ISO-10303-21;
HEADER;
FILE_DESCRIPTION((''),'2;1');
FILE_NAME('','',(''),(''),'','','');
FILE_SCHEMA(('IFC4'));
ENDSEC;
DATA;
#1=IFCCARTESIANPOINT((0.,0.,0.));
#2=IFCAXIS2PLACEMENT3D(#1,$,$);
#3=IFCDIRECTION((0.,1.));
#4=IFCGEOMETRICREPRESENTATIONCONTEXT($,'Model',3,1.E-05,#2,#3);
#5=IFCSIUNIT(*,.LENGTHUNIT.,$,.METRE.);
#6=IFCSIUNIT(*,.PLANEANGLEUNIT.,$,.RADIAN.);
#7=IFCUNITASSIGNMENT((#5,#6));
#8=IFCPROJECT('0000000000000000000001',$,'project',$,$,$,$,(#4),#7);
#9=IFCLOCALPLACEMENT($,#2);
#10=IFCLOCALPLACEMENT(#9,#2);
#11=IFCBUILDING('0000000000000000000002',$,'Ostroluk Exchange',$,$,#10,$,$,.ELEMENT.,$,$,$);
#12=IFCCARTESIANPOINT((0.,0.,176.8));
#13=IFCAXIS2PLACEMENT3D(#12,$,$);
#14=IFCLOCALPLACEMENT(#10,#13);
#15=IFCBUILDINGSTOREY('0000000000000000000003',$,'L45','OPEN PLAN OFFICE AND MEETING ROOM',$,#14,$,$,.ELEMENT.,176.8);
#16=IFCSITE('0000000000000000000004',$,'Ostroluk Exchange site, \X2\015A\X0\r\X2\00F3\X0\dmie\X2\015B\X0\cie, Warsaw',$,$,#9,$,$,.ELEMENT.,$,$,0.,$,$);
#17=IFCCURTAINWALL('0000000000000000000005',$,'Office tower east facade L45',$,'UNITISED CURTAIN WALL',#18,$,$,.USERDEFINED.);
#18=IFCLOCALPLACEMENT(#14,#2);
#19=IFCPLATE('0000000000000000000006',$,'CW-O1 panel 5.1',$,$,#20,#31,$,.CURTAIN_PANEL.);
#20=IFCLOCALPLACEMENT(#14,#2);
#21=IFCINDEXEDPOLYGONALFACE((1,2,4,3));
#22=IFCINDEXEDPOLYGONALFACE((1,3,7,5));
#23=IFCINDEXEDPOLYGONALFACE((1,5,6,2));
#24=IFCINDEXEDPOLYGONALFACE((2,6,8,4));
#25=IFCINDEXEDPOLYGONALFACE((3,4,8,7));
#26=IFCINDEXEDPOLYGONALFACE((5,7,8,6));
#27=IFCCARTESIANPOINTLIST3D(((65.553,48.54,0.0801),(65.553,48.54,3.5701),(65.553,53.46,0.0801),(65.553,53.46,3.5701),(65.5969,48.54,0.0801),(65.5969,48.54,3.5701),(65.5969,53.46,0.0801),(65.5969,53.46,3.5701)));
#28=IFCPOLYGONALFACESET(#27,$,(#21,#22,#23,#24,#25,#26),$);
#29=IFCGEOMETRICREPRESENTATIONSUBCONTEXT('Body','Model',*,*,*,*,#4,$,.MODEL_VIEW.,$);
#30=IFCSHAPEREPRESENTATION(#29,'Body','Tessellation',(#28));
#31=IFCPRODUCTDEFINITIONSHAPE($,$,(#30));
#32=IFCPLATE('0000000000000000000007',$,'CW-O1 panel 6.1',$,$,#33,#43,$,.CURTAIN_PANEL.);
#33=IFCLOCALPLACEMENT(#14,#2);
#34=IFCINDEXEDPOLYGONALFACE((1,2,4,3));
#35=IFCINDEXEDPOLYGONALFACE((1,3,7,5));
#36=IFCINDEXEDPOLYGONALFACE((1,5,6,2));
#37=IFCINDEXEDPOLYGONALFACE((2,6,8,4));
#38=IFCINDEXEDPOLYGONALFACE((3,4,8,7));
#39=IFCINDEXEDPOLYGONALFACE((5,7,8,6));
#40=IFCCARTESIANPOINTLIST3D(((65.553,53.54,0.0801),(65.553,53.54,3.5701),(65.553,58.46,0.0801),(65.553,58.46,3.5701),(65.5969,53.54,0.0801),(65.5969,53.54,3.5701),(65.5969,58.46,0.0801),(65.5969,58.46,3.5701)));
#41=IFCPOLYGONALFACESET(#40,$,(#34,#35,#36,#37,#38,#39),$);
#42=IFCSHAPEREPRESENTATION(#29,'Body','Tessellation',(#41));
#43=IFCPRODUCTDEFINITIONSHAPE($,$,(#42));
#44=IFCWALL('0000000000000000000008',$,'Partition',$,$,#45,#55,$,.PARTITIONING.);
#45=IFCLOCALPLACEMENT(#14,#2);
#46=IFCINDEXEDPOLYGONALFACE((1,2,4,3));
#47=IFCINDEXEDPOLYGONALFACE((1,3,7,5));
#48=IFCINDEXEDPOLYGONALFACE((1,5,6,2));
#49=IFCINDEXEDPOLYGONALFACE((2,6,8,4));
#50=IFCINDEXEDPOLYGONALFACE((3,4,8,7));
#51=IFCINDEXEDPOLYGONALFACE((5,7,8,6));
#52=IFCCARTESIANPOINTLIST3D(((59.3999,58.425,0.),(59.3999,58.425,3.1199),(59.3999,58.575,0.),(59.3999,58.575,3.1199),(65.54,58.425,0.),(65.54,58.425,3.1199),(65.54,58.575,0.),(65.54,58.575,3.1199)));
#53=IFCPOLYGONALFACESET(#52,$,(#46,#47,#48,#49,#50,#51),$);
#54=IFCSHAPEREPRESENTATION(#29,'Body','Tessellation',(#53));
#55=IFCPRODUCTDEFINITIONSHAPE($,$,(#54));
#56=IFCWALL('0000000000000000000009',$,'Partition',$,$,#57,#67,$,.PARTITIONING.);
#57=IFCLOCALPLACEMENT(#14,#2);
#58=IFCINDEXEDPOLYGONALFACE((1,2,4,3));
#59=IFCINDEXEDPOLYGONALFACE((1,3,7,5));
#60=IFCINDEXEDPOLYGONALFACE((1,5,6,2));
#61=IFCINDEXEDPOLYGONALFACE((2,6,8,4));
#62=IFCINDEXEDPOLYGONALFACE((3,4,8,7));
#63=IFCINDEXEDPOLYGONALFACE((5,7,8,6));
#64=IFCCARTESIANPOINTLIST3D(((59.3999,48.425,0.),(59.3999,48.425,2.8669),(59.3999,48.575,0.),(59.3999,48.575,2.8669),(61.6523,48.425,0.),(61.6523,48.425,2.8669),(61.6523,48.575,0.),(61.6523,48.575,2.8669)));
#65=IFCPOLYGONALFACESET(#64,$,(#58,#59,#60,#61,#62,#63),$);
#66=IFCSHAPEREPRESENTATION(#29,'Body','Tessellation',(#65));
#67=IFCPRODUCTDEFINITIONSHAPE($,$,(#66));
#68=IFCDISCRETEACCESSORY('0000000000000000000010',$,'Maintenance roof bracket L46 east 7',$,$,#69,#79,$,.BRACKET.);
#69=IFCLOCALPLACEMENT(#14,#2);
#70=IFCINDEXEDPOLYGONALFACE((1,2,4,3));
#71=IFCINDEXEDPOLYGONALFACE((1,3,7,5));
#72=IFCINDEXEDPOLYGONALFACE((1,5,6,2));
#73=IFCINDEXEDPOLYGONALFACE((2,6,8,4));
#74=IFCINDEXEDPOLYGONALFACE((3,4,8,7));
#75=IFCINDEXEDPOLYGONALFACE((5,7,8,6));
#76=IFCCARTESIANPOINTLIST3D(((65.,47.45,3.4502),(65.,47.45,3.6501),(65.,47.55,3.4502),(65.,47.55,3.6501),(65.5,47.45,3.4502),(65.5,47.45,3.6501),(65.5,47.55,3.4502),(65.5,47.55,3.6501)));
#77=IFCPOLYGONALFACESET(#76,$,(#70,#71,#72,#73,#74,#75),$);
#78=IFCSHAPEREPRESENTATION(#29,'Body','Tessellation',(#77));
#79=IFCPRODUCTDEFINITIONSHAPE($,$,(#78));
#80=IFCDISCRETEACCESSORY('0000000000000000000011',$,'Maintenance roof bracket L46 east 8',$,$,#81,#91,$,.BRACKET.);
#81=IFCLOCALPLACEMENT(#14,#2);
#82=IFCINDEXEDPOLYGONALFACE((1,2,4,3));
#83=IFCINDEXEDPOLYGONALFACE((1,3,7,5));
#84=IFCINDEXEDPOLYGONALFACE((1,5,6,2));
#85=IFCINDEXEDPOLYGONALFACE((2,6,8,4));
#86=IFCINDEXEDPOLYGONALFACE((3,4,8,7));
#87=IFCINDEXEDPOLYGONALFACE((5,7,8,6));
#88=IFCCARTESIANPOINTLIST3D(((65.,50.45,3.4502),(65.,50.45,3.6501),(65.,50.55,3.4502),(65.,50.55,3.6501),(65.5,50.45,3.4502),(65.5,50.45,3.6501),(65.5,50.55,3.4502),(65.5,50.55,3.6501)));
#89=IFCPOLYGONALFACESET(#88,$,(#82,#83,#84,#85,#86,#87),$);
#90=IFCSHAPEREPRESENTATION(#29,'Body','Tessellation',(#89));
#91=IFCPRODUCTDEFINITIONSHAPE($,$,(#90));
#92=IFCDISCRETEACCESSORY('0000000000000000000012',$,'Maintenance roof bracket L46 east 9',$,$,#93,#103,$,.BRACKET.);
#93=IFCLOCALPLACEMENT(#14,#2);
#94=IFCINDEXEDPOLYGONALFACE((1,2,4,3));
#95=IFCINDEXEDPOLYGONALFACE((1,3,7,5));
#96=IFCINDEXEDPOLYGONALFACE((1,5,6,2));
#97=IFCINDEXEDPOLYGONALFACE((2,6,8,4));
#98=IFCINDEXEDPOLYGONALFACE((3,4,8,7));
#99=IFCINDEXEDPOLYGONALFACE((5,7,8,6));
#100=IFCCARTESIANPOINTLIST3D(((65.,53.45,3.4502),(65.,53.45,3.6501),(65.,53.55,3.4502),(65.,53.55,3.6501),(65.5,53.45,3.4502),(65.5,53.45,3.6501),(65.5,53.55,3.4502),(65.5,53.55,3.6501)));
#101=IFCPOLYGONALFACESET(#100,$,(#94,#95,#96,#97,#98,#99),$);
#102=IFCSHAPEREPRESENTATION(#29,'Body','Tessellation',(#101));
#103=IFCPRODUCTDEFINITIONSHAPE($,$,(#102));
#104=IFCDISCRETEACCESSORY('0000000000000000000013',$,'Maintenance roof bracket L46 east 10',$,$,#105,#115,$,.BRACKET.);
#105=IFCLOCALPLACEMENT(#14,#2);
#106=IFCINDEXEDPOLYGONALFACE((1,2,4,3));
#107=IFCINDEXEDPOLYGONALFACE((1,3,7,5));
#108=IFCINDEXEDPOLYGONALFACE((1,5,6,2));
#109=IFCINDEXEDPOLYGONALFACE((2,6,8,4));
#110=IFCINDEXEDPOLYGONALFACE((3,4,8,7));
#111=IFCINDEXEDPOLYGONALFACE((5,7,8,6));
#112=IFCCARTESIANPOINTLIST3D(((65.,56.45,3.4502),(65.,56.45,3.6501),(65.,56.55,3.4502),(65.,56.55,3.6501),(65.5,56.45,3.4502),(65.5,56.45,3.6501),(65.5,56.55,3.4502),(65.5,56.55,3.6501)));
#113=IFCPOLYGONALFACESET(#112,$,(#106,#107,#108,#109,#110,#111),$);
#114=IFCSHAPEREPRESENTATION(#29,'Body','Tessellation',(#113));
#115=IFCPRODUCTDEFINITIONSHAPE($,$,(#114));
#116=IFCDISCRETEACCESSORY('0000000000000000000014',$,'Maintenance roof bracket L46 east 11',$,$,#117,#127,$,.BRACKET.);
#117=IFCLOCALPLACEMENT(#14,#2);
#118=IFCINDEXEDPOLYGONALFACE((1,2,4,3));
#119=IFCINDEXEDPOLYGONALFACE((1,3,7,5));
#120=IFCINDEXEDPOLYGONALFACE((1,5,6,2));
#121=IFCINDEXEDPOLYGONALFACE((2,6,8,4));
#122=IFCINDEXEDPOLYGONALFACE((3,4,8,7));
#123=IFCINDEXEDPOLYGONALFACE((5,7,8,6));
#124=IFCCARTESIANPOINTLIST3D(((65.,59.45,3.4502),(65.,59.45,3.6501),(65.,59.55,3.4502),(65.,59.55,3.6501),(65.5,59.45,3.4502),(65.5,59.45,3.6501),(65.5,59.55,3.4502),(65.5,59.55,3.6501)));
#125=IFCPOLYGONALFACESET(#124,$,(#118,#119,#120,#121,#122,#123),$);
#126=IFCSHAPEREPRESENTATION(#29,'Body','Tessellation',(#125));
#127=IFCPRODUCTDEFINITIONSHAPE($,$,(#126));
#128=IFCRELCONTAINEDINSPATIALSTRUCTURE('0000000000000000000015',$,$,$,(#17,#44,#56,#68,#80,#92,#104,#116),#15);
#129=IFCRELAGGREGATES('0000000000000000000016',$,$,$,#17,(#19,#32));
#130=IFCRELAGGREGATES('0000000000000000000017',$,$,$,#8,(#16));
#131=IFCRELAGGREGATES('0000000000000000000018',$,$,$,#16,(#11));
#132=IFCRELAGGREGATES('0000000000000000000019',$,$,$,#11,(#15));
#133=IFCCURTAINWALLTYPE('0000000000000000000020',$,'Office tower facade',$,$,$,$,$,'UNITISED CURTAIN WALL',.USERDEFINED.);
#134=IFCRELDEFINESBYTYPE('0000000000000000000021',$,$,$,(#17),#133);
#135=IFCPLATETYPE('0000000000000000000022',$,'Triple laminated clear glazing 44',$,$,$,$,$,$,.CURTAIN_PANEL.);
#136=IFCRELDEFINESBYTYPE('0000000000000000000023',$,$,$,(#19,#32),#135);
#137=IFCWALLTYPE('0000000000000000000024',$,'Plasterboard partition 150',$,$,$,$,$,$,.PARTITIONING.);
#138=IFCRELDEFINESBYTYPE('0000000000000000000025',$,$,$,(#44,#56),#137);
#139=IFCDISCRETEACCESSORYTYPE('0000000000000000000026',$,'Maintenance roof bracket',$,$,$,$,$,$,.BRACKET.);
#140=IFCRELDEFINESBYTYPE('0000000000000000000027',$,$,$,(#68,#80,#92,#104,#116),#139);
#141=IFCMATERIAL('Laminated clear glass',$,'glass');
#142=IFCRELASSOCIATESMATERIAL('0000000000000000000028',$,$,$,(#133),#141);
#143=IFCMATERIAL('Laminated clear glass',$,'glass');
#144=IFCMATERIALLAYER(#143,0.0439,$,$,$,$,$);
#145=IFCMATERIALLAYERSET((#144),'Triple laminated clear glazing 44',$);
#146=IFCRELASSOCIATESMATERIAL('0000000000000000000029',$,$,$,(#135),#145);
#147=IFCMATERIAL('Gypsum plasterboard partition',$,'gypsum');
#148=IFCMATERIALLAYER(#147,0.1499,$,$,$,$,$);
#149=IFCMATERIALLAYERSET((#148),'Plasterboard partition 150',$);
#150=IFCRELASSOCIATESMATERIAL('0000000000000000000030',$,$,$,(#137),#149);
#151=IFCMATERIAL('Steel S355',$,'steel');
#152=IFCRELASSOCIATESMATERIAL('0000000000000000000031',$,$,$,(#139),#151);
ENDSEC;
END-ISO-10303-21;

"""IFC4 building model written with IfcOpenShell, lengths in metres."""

from ifc_helpers import new_model, si_unit, direction, frame, frame_2d, origin, origin_2d, place, context, subcontext, project, spatial, rectangle, extrude, material, layer, layer_set, type_object, element, aggregate, save


model = new_model("IFC4")

# Units and contexts
model_context = context("Model", 3, precision=1e-05, world=origin(), true_north=direction((0.0, 1.0)))
body_context = subcontext(model_context, "Body", "Model", "MODEL_VIEW")
ifc_project = project(units=[si_unit("LENGTHUNIT", "METRE"), si_unit("PLANEANGLEUNIT", "RADIAN")], contexts=[model_context])

# Site, building, storey
site_placement = place(None, origin())
site = spatial("IfcSite", under=ifc_project, at=site_placement, Name="Ostroluk Exchange site, Śródmieście, Warsaw", CompositionType="ELEMENT", RefElevation=0.0)
building_placement = place(site_placement, origin())
building = spatial("IfcBuilding", under=site, at=building_placement, Name="Ostroluk Exchange", CompositionType="ELEMENT")
storey_placement = place(building_placement, frame((0.0, 0.0, 176.8)))
storey = spatial("IfcBuildingStorey", under=building, at=storey_placement, Name="L45", Description="OPEN PLAN OFFICE AND MEETING ROOM", CompositionType="ELEMENT", Elevation=176.8)

# Curtain wall, plates
ifc_material_1 = material(Name="Laminated clear glass", Category="glass")
curtain_wall_type = type_object("IfcCurtainWallType", Name="Office tower facade", ElementType="UNITISED CURTAIN WALL", PredefinedType="USERDEFINED", material=ifc_material_1)
curtain_wall_placement = place(storey_placement, origin())
curtain_wall = element("IfcCurtainWall", 1, at=curtain_wall_placement, inside=storey, type_object=curtain_wall_type, Name="Office tower east facade L45", ObjectType="UNITISED CURTAIN WALL", PredefinedType="USERDEFINED")
ifc_material_2 = material(Name="Laminated clear glass", Category="glass")
ifc_layer_1 = layer(ifc_material_2, 0.0439)
ifc_layer_set_1 = layer_set([ifc_layer_1], Name="Triple laminated clear glazing 44")
plate_type = type_object("IfcPlateType", Name="Triple laminated clear glazing 44", PredefinedType="CURTAIN_PANEL", material=ifc_layer_set_1)
plate_1_placement = place(storey_placement, frame((65.575, 51.0, 0.0801), z_axis=(0.0, 0.0, 1.0), x_axis=(0.0, 1.0, 0.0)))
plate_1 = element("IfcPlate", 2, at=plate_1_placement, type_object=plate_type, Name="CW-O1 panel 5.1", PredefinedType="CURTAIN_PANEL", context=body_context, shape_type="SweptSolid", body=[
    extrude(rectangle(XDim=4.9199, YDim=0.0439, at=origin_2d()), origin(), (0.0, 0.0, 1.0), 3.49),
])
plate_2_placement = place(storey_placement, frame((65.575, 56.0, 0.0801), z_axis=(0.0, 0.0, 1.0), x_axis=(0.0, 1.0, 0.0)))
plate_2 = element("IfcPlate", 3, at=plate_2_placement, type_object=plate_type, Name="CW-O1 panel 6.1", PredefinedType="CURTAIN_PANEL", context=body_context, shape_type="SweptSolid", body=[
    extrude(rectangle(XDim=4.9199, YDim=0.0439, at=origin_2d()), origin(), (0.0, 0.0, 1.0), 3.49),
])
aggregate(curtain_wall, [plate_1, plate_2])

# Walls
ifc_material_3 = material(Name="Gypsum plasterboard partition", Category="gypsum")
ifc_layer_2 = layer(ifc_material_3, 0.1499)
ifc_layer_set_2 = layer_set([ifc_layer_2], Name="Plasterboard partition 150")
wall_type = type_object("IfcWallType", Name="Plasterboard partition 150", PredefinedType="PARTITIONING", material=ifc_layer_set_2)
wall_1_placement = place(storey_placement, frame((59.3999, 58.5, 0.0), z_axis=(0.0, 0.0, 1.0), x_axis=(1.0, 0.0, 0.0)))
element("IfcWall", 4, at=wall_1_placement, inside=storey, type_object=wall_type, Name="Partition", PredefinedType="PARTITIONING", context=body_context, shape_type="SweptSolid", body=[
    extrude(rectangle(XDim=6.1401, YDim=0.1499, at=frame_2d((3.0701, 0.0))), origin(), (0.0, 0.0, 1.0), 3.1199),
])
wall_2_placement = place(storey_placement, frame((59.3999, 48.5, 0.0), z_axis=(0.0, 0.0, 1.0), x_axis=(1.0, 0.0, 0.0)))
element("IfcWall", 5, at=wall_2_placement, inside=storey, type_object=wall_type, Name="Partition", PredefinedType="PARTITIONING", context=body_context, shape_type="SweptSolid", body=[
    extrude(rectangle(XDim=2.2524, YDim=0.1499, at=frame_2d((1.1262, 0.0))), origin(), (0.0, 0.0, 1.0), 2.8669),
])

# Discrete accessories
ifc_material_4 = material(Name="Steel S355", Category="steel")
discrete_accessory_type = type_object("IfcDiscreteAccessoryType", Name="Maintenance roof bracket", PredefinedType="BRACKET", material=ifc_material_4)
for number, where, z_axis, x_axis, name in (
    (6, (65.25, 47.5, 3.4502), (0.0, 0.0, 1.0), (1.0, 0.0, 0.0), "Maintenance roof bracket L46 east 7"),
    (7, (65.25, 50.5, 3.4502), (0.0, 0.0, 1.0), (1.0, 0.0, 0.0), "Maintenance roof bracket L46 east 8"),
    (8, (65.25, 53.5, 3.4502), (0.0, 0.0, 1.0), (1.0, 0.0, 0.0), "Maintenance roof bracket L46 east 9"),
    (9, (65.25, 56.5, 3.4502), (0.0, 0.0, 1.0), (1.0, 0.0, 0.0), "Maintenance roof bracket L46 east 10"),
    (10, (65.25, 59.5, 3.4502), (0.0, 0.0, 1.0), (1.0, 0.0, 0.0), "Maintenance roof bracket L46 east 11"),
):
    element("IfcDiscreteAccessory", number, at=place(storey_placement, frame(where, z_axis=z_axis, x_axis=x_axis)), inside=storey, type_object=discrete_accessory_type, Name=name, PredefinedType="BRACKET", context=body_context, shape_type="SweptSolid", body=[
        extrude(rectangle(XDim=0.5, YDim=0.1001, at=origin_2d()), origin(), (0.0, 0.0, 1.0), 0.2),
    ])

save(model, "model.ifc")
